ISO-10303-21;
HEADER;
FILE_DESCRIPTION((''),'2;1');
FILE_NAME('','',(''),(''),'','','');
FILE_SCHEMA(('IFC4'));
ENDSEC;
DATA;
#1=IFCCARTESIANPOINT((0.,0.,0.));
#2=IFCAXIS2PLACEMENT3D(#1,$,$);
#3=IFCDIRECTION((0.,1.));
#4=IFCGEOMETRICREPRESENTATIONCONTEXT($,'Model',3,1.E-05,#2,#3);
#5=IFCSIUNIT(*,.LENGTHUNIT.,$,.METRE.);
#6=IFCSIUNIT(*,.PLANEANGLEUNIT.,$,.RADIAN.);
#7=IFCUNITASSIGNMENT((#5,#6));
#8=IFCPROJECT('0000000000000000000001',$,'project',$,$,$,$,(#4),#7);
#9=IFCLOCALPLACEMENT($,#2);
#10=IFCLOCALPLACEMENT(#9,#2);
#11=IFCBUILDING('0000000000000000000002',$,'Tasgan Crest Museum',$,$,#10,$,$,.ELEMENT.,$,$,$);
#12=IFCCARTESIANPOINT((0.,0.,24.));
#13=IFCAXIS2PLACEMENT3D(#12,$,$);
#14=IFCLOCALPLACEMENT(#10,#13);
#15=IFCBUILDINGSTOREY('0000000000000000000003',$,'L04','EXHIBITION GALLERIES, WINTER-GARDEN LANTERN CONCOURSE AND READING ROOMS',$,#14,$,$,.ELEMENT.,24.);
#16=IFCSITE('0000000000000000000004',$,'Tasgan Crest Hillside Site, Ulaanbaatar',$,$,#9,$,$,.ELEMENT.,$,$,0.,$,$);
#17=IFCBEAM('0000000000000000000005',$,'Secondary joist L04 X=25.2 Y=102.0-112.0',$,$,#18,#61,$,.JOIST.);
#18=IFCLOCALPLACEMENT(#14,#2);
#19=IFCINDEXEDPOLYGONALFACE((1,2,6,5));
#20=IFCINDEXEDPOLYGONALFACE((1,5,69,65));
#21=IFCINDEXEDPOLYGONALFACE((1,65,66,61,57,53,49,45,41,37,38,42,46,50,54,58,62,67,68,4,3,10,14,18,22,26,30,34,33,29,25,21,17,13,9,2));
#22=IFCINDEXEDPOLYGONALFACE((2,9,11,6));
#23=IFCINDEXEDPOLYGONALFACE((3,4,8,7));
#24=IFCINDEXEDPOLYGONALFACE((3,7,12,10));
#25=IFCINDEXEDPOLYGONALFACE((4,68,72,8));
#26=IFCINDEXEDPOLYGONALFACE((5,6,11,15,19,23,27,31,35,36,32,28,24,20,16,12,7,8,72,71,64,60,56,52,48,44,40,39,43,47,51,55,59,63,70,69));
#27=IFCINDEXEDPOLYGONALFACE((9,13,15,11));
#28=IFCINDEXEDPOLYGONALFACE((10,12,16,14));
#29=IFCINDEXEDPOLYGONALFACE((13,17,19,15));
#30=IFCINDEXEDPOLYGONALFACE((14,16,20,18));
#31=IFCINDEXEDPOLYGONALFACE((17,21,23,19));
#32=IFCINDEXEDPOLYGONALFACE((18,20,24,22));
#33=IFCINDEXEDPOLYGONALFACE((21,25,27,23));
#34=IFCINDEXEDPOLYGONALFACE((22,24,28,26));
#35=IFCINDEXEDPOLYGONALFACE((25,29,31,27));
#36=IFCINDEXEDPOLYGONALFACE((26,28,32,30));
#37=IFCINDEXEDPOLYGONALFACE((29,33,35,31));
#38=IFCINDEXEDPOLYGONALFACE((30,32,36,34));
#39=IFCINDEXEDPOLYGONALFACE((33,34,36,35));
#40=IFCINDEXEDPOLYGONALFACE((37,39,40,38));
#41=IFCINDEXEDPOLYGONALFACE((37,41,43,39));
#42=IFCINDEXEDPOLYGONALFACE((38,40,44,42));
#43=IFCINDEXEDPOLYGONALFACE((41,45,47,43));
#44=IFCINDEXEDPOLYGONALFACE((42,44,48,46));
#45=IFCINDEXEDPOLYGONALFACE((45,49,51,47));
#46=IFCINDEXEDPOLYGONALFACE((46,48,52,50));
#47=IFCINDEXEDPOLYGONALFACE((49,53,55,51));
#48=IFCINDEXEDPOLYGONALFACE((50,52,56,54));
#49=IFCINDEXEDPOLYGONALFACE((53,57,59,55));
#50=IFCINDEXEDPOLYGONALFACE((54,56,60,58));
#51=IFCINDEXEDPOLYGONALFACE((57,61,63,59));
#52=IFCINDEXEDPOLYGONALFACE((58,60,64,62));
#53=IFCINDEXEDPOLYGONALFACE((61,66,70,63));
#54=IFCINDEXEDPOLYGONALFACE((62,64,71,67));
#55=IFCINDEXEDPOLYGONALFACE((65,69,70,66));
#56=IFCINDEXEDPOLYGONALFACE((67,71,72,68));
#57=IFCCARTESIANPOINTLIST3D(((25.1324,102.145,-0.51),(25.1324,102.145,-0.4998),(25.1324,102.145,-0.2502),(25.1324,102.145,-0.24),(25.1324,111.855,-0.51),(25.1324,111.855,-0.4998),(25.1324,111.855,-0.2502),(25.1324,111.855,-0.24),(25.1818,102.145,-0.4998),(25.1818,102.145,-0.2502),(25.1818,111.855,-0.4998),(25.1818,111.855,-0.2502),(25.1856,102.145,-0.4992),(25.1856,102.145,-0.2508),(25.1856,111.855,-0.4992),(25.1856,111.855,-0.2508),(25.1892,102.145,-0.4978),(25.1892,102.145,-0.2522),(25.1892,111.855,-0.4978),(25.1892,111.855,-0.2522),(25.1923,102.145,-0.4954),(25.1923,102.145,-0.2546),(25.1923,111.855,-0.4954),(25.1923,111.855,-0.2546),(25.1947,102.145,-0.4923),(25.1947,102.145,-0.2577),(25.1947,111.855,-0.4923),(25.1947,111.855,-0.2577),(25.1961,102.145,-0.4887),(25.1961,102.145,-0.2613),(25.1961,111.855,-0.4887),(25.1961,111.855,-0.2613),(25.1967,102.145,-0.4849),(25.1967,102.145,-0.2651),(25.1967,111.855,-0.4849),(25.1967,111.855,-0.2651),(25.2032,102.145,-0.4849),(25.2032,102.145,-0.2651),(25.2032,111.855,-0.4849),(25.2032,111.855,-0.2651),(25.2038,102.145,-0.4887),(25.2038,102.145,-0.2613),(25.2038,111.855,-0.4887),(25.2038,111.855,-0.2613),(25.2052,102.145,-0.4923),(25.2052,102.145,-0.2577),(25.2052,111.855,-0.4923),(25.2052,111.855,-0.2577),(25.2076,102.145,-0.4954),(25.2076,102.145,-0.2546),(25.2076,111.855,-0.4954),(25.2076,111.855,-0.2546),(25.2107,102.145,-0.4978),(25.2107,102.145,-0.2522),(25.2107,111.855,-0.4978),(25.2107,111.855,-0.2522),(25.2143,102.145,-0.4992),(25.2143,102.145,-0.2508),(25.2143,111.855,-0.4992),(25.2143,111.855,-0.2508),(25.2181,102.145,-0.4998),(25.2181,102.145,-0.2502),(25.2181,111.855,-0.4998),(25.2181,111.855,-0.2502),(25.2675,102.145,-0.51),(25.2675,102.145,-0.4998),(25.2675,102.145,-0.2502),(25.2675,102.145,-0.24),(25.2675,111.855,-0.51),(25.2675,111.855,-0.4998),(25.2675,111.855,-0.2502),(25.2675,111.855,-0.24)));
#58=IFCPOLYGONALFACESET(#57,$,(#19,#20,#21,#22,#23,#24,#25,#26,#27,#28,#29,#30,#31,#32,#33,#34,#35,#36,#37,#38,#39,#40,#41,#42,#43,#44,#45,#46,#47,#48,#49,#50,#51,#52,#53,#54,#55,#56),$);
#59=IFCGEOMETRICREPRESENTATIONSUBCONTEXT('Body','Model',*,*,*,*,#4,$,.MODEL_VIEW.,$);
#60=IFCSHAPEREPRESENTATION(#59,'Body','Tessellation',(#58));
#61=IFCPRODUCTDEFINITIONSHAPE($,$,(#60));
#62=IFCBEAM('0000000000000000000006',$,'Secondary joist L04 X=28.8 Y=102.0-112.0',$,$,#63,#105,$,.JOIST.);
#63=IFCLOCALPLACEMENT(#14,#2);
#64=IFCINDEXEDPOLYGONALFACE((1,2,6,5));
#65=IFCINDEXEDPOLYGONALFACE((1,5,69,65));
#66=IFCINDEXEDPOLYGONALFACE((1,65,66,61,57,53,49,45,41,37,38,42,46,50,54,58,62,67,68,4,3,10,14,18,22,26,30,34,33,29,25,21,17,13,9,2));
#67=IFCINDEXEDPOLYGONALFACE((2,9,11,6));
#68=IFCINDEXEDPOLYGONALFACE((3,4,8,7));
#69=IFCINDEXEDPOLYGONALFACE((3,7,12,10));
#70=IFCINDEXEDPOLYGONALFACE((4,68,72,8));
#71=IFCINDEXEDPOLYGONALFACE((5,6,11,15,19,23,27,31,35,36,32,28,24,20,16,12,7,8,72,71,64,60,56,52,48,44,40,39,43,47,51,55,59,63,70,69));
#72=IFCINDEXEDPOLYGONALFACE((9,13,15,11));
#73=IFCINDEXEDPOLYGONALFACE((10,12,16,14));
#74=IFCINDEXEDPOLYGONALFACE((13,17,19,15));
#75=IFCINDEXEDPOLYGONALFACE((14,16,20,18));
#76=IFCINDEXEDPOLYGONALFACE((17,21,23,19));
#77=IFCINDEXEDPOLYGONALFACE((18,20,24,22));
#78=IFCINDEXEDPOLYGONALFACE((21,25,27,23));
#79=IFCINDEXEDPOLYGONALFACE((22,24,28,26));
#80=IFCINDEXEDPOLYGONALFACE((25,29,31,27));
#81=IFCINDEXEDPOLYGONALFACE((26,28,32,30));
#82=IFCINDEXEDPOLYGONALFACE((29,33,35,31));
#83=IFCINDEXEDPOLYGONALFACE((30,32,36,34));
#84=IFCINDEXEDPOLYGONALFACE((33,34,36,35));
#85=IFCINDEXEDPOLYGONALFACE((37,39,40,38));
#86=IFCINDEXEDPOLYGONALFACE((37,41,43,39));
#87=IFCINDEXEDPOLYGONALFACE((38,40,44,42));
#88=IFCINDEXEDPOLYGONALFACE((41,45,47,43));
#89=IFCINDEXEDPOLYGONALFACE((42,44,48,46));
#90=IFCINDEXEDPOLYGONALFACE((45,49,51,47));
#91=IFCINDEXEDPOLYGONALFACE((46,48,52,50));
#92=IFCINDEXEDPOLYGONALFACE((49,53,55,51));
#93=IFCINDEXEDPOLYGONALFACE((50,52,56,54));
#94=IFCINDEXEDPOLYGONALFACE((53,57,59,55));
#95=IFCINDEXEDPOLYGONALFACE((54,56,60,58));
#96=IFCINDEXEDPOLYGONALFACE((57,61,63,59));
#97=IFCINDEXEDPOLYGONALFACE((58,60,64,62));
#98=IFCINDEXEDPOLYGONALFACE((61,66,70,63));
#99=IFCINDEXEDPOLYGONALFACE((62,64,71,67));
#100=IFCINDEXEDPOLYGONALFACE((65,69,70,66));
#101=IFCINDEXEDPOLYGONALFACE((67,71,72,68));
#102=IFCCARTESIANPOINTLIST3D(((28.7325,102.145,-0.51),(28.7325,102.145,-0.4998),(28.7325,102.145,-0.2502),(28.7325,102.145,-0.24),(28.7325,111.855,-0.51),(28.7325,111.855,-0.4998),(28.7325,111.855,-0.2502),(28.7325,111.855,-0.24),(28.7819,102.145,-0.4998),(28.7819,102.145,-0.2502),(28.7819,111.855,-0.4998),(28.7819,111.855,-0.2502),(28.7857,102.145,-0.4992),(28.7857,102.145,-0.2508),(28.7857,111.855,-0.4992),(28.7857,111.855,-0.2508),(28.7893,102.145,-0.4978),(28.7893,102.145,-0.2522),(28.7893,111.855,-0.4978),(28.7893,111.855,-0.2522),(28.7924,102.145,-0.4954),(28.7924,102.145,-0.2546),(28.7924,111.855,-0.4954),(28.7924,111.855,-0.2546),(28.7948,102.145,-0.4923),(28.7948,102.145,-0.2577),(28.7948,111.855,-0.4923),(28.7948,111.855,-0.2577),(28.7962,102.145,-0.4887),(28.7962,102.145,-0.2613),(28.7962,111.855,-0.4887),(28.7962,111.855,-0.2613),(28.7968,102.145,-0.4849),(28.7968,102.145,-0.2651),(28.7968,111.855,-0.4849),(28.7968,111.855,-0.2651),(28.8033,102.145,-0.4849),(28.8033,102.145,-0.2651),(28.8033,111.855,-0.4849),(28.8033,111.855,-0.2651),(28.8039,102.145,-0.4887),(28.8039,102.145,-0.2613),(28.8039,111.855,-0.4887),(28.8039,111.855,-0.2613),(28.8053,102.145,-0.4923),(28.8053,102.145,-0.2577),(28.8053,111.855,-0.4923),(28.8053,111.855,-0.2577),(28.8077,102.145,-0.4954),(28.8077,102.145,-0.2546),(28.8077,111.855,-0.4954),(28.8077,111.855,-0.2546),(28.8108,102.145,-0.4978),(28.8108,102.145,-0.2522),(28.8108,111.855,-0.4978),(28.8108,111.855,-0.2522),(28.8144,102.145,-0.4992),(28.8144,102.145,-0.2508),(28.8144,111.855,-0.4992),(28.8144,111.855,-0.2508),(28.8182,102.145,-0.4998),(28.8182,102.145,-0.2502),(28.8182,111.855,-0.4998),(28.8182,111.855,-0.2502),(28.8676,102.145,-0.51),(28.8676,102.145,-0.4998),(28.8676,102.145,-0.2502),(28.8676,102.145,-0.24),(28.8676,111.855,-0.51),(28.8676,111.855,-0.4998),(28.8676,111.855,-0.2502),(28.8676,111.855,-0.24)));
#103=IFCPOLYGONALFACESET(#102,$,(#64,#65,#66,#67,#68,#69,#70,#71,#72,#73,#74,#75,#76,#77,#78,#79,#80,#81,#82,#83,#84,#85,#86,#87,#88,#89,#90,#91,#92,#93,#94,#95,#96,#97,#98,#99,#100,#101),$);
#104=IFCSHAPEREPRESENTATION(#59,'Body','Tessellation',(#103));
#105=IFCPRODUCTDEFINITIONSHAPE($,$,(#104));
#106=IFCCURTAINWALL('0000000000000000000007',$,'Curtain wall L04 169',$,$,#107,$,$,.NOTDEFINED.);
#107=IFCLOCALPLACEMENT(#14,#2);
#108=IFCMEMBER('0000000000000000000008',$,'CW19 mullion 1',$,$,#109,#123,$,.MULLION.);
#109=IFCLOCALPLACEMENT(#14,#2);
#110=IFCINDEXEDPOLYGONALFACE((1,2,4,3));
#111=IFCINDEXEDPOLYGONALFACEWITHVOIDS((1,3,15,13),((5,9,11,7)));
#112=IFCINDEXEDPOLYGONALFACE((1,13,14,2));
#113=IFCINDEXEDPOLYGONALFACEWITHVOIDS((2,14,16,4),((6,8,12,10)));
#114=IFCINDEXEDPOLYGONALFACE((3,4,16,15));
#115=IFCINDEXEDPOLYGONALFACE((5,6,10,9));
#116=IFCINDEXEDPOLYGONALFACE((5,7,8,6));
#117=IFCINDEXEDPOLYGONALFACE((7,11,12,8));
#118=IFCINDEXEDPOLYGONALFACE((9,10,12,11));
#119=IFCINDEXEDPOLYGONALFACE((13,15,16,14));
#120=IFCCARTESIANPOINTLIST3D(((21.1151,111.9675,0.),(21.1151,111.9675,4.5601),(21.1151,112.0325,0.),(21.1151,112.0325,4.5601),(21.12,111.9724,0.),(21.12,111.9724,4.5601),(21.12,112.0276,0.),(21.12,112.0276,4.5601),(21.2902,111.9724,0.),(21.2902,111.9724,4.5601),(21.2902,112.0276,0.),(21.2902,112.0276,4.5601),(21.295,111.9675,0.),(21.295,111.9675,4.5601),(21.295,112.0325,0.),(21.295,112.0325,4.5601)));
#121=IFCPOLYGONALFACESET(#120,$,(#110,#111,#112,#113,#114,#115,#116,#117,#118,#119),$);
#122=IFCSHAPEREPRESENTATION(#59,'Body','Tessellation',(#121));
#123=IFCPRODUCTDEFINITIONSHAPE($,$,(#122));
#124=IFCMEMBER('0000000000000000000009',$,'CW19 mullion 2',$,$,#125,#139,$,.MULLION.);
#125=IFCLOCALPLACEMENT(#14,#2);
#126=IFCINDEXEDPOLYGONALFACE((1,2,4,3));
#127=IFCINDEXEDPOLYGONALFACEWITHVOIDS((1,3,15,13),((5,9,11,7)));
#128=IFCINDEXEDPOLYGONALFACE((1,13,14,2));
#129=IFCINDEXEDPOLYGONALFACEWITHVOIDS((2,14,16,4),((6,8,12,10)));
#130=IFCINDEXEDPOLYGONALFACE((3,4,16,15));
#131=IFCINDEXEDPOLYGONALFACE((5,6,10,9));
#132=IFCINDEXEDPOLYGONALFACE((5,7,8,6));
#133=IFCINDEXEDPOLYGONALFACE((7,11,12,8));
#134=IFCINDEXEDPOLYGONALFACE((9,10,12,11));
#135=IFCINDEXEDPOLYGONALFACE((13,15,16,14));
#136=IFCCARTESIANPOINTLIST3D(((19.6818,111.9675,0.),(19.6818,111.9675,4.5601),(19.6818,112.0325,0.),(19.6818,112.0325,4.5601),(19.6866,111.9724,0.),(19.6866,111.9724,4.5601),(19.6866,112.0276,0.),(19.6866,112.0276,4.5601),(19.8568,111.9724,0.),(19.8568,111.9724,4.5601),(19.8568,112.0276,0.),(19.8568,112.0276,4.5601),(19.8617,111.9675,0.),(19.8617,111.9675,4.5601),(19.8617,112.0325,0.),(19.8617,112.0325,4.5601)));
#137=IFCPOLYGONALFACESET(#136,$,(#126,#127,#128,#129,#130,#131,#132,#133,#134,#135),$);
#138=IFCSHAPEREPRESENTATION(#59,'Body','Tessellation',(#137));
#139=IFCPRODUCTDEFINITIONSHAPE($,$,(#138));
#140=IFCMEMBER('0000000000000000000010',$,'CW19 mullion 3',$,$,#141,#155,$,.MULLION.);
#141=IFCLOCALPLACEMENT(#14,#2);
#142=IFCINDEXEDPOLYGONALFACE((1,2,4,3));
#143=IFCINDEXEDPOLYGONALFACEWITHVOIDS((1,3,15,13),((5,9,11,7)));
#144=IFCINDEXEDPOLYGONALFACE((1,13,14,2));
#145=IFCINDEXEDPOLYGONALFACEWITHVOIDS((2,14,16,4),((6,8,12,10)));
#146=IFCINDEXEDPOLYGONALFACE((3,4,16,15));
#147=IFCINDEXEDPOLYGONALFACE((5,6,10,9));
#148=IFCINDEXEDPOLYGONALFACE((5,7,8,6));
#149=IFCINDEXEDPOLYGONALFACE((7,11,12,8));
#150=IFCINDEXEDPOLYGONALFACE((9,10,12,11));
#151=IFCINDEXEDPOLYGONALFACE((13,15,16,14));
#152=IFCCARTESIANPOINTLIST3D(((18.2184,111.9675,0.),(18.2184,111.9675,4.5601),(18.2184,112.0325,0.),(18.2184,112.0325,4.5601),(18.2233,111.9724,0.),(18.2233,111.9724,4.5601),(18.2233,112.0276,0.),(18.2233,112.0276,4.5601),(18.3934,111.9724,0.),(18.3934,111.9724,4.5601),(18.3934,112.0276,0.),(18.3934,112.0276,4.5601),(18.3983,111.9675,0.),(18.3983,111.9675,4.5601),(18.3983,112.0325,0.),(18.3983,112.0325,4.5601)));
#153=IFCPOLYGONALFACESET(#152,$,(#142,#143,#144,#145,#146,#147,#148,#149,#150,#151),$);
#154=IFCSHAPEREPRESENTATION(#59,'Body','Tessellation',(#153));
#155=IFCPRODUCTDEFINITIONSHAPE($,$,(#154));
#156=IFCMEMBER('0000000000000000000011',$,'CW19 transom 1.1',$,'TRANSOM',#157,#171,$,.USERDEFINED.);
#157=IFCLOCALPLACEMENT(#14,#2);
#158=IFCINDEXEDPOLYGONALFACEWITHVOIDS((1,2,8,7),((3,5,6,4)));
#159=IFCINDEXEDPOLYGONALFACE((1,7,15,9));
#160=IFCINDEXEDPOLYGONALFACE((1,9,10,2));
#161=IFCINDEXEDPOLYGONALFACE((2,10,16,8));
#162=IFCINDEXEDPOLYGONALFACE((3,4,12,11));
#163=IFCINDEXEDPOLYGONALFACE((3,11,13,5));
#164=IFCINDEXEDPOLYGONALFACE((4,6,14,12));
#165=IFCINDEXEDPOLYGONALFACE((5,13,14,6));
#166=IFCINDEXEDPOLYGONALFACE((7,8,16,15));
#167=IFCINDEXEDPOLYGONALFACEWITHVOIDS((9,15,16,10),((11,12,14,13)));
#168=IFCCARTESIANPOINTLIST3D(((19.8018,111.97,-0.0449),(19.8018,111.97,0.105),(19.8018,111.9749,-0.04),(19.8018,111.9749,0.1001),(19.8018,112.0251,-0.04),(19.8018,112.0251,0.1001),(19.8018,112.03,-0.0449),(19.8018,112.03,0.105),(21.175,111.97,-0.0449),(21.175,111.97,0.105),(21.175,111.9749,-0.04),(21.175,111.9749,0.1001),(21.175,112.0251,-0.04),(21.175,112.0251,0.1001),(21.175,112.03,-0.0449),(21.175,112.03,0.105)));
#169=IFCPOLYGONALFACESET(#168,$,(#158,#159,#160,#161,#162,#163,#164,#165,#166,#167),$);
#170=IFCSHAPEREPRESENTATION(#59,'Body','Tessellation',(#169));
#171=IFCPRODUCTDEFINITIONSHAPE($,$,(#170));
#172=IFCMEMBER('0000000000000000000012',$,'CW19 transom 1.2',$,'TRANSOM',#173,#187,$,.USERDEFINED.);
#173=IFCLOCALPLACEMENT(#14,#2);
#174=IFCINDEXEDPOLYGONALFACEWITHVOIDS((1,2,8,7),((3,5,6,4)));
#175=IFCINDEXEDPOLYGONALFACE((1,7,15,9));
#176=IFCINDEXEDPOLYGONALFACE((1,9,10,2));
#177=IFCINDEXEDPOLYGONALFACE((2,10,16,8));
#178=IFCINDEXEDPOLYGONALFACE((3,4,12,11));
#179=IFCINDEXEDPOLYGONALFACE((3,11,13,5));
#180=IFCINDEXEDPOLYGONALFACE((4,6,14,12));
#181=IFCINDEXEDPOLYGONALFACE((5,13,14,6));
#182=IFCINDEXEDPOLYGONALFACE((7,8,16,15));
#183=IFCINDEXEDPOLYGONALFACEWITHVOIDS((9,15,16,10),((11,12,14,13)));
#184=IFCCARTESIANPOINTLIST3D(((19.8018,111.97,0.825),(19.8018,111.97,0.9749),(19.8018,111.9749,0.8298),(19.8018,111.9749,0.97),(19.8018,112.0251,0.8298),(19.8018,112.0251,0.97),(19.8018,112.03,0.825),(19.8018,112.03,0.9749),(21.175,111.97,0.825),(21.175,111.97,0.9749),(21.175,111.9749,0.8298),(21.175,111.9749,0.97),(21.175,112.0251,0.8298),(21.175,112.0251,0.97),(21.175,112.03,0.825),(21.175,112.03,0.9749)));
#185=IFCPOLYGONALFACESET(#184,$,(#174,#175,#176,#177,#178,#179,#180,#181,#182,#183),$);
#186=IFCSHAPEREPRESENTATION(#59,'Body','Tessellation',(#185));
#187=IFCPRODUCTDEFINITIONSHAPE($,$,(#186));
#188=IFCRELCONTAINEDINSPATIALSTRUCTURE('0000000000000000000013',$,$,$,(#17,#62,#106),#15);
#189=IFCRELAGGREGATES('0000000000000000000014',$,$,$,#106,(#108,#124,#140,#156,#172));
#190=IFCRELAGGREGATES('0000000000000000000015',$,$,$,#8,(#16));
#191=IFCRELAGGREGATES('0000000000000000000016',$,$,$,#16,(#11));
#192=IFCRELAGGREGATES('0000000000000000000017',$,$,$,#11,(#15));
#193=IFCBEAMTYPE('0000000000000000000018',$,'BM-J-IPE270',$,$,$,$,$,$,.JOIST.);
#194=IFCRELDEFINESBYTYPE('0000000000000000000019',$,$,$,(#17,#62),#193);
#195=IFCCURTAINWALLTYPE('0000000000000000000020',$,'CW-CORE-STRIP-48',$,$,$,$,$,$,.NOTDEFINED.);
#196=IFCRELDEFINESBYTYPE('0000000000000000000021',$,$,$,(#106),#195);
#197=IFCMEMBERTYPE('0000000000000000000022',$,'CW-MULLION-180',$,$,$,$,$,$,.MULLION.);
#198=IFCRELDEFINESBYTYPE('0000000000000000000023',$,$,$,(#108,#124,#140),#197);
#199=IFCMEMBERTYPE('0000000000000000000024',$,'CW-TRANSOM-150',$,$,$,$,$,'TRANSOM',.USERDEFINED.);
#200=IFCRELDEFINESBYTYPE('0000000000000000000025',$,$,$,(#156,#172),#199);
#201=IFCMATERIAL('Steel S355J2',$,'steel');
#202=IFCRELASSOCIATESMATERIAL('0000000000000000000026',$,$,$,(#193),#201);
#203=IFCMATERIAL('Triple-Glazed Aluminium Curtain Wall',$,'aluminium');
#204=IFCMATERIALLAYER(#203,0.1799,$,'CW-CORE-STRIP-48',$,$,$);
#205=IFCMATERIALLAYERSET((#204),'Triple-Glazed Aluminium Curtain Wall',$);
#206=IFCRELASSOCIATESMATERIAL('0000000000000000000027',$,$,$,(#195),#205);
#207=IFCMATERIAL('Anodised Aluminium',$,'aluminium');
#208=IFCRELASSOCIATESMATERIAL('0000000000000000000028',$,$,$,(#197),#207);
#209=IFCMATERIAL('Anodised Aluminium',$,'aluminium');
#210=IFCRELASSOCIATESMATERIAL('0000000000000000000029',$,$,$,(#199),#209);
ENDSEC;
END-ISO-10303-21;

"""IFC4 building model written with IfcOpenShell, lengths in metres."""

from ifc_helpers import new_model, si_unit, direction, frame, origin, origin_2d, place, context, subcontext, project, spatial, hollow_rectangle, i_section, extrude, material, layer, layer_set, material_profile, profile_set, type_object, element, aggregate, save


model = new_model("IFC4")

# Units and contexts
model_context = context("Model", 3, precision=1e-05, world=origin(), true_north=direction((0.0, 1.0)))
body_context = subcontext(model_context, "Body", "Model", "MODEL_VIEW")
ifc_project = project(units=[si_unit("LENGTHUNIT", "METRE"), si_unit("PLANEANGLEUNIT", "RADIAN")], contexts=[model_context])

# Site, building, storey
site_placement = place(None, origin())
site = spatial("IfcSite", under=ifc_project, at=site_placement, Name="Tasgan Crest Hillside Site, Ulaanbaatar", CompositionType="ELEMENT", RefElevation=0.0)
building_placement = place(site_placement, origin())
building = spatial("IfcBuilding", under=site, at=building_placement, Name="Tasgan Crest Museum", CompositionType="ELEMENT")
storey_placement = place(building_placement, frame((0.0, 0.0, 24.0)))
storey = spatial("IfcBuildingStorey", under=building, at=storey_placement, Name="L04", Description="EXHIBITION GALLERIES, WINTER-GARDEN LANTERN CONCOURSE AND READING ROOMS", CompositionType="ELEMENT", Elevation=24.0)

# Beams
ifc_material_1 = material(Name="Steel S355J2", Category="steel")
ifc_material_profile_1 = material_profile(ifc_material_1, i_section(OverallWidth=0.135, OverallDepth=0.27, WebThickness=0.0066, FlangeThickness=0.0103, FilletRadius=0.0149, at=origin_2d()), Name="IPE 270")
ifc_profile_set_1 = profile_set([ifc_material_profile_1], Name="Steel S355J2")
beam_type_1 = type_object("IfcBeamType", Name="BM-J-IPE270", PredefinedType="JOIST", material=ifc_profile_set_1)
for number, where, z_axis, x_axis, name in (
    (1, (25.2, 102.145, -0.375), (0.0, 1.0, 0.0), (-1.0, 0.0, 0.0), "Secondary joist L04 X=25.2 Y=102.0-112.0"),
    (2, (28.8, 102.145, -0.375), (0.0, 1.0, 0.0), (-1.0, 0.0, 0.0), "Secondary joist L04 X=28.8 Y=102.0-112.0"),
):
    element("IfcBeam", number, at=place(storey_placement, frame(where, z_axis=z_axis, x_axis=x_axis)), inside=storey, type_object=beam_type_1, Name=name, PredefinedType="JOIST", context=body_context, shape_type="SweptSolid", body=[
        extrude(i_section(OverallWidth=0.135, OverallDepth=0.27, WebThickness=0.0066, FlangeThickness=0.0103, FilletRadius=0.0149, at=origin_2d()), origin(), (0.0, 0.0, 1.0), 9.71),
    ])

# Curtain wall, members
ifc_material_2 = material(Name="Triple-Glazed Aluminium Curtain Wall", Category="aluminium")
ifc_layer_1 = layer(ifc_material_2, 0.1799, Name="CW-CORE-STRIP-48")
ifc_layer_set_1 = layer_set([ifc_layer_1], Name="Triple-Glazed Aluminium Curtain Wall")
curtain_wall_type = type_object("IfcCurtainWallType", Name="CW-CORE-STRIP-48", PredefinedType="NOTDEFINED", material=ifc_layer_set_1)
curtain_wall_placement = place(storey_placement, origin())
curtain_wall = element("IfcCurtainWall", 3, at=curtain_wall_placement, inside=storey, type_object=curtain_wall_type, Name="Curtain wall L04 169", PredefinedType="NOTDEFINED")
ifc_material_3 = material(Name="Anodised Aluminium", Category="aluminium")
ifc_material_profile_2 = material_profile(ifc_material_3, hollow_rectangle(XDim=0.0649, YDim=0.1799, WallThickness=0.0049, at=origin_2d()), Name="ALU MULLION 180x65x5")
ifc_profile_set_2 = profile_set([ifc_material_profile_2], Name="Anodised Aluminium")
member_type_1 = type_object("IfcMemberType", Name="CW-MULLION-180", PredefinedType="MULLION", material=ifc_profile_set_2)
member_1_placement = place(storey_placement, frame((21.2051, 112.0, 0.0), z_axis=(0.0, 0.0, 1.0), x_axis=(0.0, -1.0, 0.0)))
member_1 = element("IfcMember", 4, at=member_1_placement, type_object=member_type_1, Name="CW19 mullion 1", PredefinedType="MULLION", context=body_context, shape_type="SweptSolid", body=[
    extrude(hollow_rectangle(XDim=0.0649, YDim=0.1799, WallThickness=0.0049, at=origin_2d()), origin(), (0.0, 0.0, 1.0), 4.5601),
])
member_2_placement = place(storey_placement, frame((19.7717, 112.0, 0.0), z_axis=(0.0, 0.0, 1.0), x_axis=(0.0, -1.0, 0.0)))
member_2 = element("IfcMember", 5, at=member_2_placement, type_object=member_type_1, Name="CW19 mullion 2", PredefinedType="MULLION", context=body_context, shape_type="SweptSolid", body=[
    extrude(hollow_rectangle(XDim=0.0649, YDim=0.1799, WallThickness=0.0049, at=origin_2d()), origin(), (0.0, 0.0, 1.0), 4.5601),
])
member_3_placement = place(storey_placement, frame((18.3083, 112.0, 0.0), z_axis=(0.0, 0.0, 1.0), x_axis=(0.0, -1.0, 0.0)))
member_3 = element("IfcMember", 6, at=member_3_placement, type_object=member_type_1, Name="CW19 mullion 3", PredefinedType="MULLION", context=body_context, shape_type="SweptSolid", body=[
    extrude(hollow_rectangle(XDim=0.0649, YDim=0.1799, WallThickness=0.0049, at=origin_2d()), origin(), (0.0, 0.0, 1.0), 4.5601),
])
ifc_material_4 = material(Name="Anodised Aluminium", Category="aluminium")
ifc_material_profile_3 = material_profile(ifc_material_4, hollow_rectangle(XDim=0.0601, YDim=0.1499, WallThickness=0.0049, at=origin_2d()), Name="ALU TRANSOM 150x60x5")
ifc_profile_set_3 = profile_set([ifc_material_profile_3], Name="Anodised Aluminium")
member_type_2 = type_object("IfcMemberType", Name="CW-TRANSOM-150", ElementType="TRANSOM", PredefinedType="USERDEFINED", material=ifc_profile_set_3)
member_4_placement = place(storey_placement, frame((21.175, 112.0, 0.03), z_axis=(-1.0, 0.0, 0.0), x_axis=(0.0, -1.0, 0.0)))
member_4 = element("IfcMember", 7, at=member_4_placement, type_object=member_type_2, Name="CW19 transom 1.1", ObjectType="TRANSOM", PredefinedType="USERDEFINED", context=body_context, shape_type="SweptSolid", body=[
    extrude(hollow_rectangle(XDim=0.0601, YDim=0.1499, WallThickness=0.0049, at=origin_2d()), origin(), (0.0, 0.0, 1.0), 1.3733),
])
member_5_placement = place(storey_placement, frame((21.175, 112.0, 0.8999), z_axis=(-1.0, 0.0, 0.0), x_axis=(0.0, -1.0, 0.0)))
member_5 = element("IfcMember", 8, at=member_5_placement, type_object=member_type_2, Name="CW19 transom 1.2", ObjectType="TRANSOM", PredefinedType="USERDEFINED", context=body_context, shape_type="SweptSolid", body=[
    extrude(hollow_rectangle(XDim=0.0601, YDim=0.1499, WallThickness=0.0049, at=origin_2d()), origin(), (0.0, 0.0, 1.0), 1.3733),
])
aggregate(curtain_wall, [member_1, member_2, member_3, member_4, member_5])

save(model, "model.ifc")
